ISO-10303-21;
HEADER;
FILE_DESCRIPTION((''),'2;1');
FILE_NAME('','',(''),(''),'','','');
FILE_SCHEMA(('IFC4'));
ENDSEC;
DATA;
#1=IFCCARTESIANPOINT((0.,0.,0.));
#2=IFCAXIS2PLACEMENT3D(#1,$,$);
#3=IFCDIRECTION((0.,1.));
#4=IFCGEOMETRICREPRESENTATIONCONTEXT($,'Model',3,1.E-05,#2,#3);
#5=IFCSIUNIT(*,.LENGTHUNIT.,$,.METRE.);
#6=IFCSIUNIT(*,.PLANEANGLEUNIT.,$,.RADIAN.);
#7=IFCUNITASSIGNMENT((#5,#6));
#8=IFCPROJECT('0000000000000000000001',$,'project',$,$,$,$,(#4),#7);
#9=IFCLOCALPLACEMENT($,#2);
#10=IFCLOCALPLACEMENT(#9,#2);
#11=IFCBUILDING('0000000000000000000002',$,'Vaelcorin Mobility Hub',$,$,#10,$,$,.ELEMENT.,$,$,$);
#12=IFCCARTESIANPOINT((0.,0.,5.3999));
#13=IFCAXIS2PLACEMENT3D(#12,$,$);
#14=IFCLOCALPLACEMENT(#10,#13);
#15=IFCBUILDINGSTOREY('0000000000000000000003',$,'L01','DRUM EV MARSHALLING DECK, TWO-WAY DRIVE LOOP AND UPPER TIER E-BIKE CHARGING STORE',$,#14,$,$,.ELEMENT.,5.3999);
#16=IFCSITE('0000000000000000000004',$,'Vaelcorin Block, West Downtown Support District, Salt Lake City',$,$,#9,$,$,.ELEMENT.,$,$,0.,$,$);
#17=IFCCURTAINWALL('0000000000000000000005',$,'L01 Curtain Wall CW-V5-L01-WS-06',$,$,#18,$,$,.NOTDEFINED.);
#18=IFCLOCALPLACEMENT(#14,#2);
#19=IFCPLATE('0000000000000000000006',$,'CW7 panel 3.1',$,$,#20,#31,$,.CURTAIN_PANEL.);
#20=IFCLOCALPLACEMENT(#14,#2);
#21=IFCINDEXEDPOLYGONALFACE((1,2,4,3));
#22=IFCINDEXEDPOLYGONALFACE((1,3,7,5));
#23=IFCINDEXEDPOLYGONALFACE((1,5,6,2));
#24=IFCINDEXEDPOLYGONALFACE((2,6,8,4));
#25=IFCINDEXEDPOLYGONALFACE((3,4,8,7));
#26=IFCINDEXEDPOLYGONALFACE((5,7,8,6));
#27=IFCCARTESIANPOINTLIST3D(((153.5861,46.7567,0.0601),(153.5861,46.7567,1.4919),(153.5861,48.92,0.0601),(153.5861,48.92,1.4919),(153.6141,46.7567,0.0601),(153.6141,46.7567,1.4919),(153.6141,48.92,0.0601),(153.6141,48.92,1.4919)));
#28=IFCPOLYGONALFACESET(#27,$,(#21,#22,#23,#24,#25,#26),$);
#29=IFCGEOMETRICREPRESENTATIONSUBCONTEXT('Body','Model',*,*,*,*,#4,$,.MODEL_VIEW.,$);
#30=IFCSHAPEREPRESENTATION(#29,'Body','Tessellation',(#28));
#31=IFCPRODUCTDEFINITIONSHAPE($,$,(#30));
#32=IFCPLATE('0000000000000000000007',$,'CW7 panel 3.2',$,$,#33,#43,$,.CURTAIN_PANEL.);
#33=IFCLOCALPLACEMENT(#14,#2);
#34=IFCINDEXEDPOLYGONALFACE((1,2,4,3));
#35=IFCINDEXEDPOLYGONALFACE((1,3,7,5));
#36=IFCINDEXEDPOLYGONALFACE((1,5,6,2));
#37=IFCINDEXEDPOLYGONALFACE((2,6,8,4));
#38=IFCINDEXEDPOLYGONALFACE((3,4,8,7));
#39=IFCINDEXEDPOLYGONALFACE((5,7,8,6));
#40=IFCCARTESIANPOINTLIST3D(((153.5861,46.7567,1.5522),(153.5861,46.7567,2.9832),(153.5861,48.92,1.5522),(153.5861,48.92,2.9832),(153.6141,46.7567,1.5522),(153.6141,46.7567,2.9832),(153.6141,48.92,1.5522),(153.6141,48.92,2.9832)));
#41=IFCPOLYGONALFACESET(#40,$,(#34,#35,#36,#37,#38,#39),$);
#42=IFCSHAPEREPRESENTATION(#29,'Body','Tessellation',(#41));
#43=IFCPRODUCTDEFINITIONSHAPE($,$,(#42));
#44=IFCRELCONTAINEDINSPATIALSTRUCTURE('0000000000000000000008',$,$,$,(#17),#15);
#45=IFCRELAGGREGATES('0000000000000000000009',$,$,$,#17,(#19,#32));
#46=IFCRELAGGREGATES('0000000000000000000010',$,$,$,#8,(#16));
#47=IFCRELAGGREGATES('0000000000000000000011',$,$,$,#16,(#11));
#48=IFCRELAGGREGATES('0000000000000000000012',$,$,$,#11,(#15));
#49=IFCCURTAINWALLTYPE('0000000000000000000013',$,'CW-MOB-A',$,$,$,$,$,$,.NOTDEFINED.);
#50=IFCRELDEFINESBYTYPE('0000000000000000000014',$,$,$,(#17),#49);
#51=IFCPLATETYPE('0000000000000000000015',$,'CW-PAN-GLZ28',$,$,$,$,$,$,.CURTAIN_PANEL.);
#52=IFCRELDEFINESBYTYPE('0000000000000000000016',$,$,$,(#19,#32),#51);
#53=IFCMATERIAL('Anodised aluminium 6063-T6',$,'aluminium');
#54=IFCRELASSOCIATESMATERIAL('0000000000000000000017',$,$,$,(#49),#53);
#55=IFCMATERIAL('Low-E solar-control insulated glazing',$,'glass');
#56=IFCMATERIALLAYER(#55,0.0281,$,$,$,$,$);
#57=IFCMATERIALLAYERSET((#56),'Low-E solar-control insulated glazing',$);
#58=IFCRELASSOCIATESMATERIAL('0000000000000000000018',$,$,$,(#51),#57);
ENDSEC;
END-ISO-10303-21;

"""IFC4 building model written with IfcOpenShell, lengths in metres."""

from ifc_helpers import new_model, si_unit, direction, frame, origin, origin_2d, place, context, subcontext, project, spatial, rectangle, extrude, material, layer, layer_set, type_object, element, aggregate, save


model = new_model("IFC4")

# Units and contexts
model_context = context("Model", 3, precision=1e-05, world=origin(), true_north=direction((0.0, 1.0)))
body_context = subcontext(model_context, "Body", "Model", "MODEL_VIEW")
ifc_project = project(units=[si_unit("LENGTHUNIT", "METRE"), si_unit("PLANEANGLEUNIT", "RADIAN")], contexts=[model_context])

# Site, building, storey
site_placement = place(None, origin())
site = spatial("IfcSite", under=ifc_project, at=site_placement, Name="Vaelcorin Block, West Downtown Support District, Salt Lake City", CompositionType="ELEMENT", RefElevation=0.0)
building_placement = place(site_placement, origin())
building = spatial("IfcBuilding", under=site, at=building_placement, Name="Vaelcorin Mobility Hub", CompositionType="ELEMENT")
storey_placement = place(building_placement, frame((0.0, 0.0, 5.3999)))
storey = spatial("IfcBuildingStorey", under=building, at=storey_placement, Name="L01", Description="DRUM EV MARSHALLING DECK, TWO-WAY DRIVE LOOP AND UPPER TIER E-BIKE CHARGING STORE", CompositionType="ELEMENT", Elevation=5.3999)

# Curtain wall, plates
ifc_material_1 = material(Name="Anodised aluminium 6063-T6", Category="aluminium")
curtain_wall_type = type_object("IfcCurtainWallType", Name="CW-MOB-A", PredefinedType="NOTDEFINED", material=ifc_material_1)
curtain_wall_placement = place(storey_placement, origin())
curtain_wall = element("IfcCurtainWall", 1, at=curtain_wall_placement, inside=storey, type_object=curtain_wall_type, Name="L01 Curtain Wall CW-V5-L01-WS-06", PredefinedType="NOTDEFINED")
ifc_material_2 = material(Name="Low-E solar-control insulated glazing", Category="glass")
ifc_layer = layer(ifc_material_2, 0.0281)
ifc_layer_set = layer_set([ifc_layer], Name="Low-E solar-control insulated glazing")
plate_type = type_object("IfcPlateType", Name="CW-PAN-GLZ28", PredefinedType="CURTAIN_PANEL", material=ifc_layer_set)
plate_1_placement = place(storey_placement, frame((153.6001, 47.8384, 0.0601), z_axis=(0.0, 0.0, 1.0), x_axis=(0.0, 1.0, 0.0)))
plate_1 = element("IfcPlate", 2, at=plate_1_placement, type_object=plate_type, Name="CW7 panel 3.1", PredefinedType="CURTAIN_PANEL", context=body_context, shape_type="SweptSolid", body=[
    extrude(rectangle(XDim=2.1633, YDim=0.0281, at=origin_2d()), origin(), (0.0, 0.0, 1.0), 1.4319),
])
plate_2_placement = place(storey_placement, frame((153.6001, 47.8384, 1.5522), z_axis=(0.0, 0.0, 1.0), x_axis=(0.0, 1.0, 0.0)))
plate_2 = element("IfcPlate", 3, at=plate_2_placement, type_object=plate_type, Name="CW7 panel 3.2", PredefinedType="CURTAIN_PANEL", context=body_context, shape_type="SweptSolid", body=[
    extrude(rectangle(XDim=2.1633, YDim=0.0281, at=origin_2d()), origin(), (0.0, 0.0, 1.0), 1.4309),
])
aggregate(curtain_wall, [plate_1, plate_2])

save(model, "model.ifc")
